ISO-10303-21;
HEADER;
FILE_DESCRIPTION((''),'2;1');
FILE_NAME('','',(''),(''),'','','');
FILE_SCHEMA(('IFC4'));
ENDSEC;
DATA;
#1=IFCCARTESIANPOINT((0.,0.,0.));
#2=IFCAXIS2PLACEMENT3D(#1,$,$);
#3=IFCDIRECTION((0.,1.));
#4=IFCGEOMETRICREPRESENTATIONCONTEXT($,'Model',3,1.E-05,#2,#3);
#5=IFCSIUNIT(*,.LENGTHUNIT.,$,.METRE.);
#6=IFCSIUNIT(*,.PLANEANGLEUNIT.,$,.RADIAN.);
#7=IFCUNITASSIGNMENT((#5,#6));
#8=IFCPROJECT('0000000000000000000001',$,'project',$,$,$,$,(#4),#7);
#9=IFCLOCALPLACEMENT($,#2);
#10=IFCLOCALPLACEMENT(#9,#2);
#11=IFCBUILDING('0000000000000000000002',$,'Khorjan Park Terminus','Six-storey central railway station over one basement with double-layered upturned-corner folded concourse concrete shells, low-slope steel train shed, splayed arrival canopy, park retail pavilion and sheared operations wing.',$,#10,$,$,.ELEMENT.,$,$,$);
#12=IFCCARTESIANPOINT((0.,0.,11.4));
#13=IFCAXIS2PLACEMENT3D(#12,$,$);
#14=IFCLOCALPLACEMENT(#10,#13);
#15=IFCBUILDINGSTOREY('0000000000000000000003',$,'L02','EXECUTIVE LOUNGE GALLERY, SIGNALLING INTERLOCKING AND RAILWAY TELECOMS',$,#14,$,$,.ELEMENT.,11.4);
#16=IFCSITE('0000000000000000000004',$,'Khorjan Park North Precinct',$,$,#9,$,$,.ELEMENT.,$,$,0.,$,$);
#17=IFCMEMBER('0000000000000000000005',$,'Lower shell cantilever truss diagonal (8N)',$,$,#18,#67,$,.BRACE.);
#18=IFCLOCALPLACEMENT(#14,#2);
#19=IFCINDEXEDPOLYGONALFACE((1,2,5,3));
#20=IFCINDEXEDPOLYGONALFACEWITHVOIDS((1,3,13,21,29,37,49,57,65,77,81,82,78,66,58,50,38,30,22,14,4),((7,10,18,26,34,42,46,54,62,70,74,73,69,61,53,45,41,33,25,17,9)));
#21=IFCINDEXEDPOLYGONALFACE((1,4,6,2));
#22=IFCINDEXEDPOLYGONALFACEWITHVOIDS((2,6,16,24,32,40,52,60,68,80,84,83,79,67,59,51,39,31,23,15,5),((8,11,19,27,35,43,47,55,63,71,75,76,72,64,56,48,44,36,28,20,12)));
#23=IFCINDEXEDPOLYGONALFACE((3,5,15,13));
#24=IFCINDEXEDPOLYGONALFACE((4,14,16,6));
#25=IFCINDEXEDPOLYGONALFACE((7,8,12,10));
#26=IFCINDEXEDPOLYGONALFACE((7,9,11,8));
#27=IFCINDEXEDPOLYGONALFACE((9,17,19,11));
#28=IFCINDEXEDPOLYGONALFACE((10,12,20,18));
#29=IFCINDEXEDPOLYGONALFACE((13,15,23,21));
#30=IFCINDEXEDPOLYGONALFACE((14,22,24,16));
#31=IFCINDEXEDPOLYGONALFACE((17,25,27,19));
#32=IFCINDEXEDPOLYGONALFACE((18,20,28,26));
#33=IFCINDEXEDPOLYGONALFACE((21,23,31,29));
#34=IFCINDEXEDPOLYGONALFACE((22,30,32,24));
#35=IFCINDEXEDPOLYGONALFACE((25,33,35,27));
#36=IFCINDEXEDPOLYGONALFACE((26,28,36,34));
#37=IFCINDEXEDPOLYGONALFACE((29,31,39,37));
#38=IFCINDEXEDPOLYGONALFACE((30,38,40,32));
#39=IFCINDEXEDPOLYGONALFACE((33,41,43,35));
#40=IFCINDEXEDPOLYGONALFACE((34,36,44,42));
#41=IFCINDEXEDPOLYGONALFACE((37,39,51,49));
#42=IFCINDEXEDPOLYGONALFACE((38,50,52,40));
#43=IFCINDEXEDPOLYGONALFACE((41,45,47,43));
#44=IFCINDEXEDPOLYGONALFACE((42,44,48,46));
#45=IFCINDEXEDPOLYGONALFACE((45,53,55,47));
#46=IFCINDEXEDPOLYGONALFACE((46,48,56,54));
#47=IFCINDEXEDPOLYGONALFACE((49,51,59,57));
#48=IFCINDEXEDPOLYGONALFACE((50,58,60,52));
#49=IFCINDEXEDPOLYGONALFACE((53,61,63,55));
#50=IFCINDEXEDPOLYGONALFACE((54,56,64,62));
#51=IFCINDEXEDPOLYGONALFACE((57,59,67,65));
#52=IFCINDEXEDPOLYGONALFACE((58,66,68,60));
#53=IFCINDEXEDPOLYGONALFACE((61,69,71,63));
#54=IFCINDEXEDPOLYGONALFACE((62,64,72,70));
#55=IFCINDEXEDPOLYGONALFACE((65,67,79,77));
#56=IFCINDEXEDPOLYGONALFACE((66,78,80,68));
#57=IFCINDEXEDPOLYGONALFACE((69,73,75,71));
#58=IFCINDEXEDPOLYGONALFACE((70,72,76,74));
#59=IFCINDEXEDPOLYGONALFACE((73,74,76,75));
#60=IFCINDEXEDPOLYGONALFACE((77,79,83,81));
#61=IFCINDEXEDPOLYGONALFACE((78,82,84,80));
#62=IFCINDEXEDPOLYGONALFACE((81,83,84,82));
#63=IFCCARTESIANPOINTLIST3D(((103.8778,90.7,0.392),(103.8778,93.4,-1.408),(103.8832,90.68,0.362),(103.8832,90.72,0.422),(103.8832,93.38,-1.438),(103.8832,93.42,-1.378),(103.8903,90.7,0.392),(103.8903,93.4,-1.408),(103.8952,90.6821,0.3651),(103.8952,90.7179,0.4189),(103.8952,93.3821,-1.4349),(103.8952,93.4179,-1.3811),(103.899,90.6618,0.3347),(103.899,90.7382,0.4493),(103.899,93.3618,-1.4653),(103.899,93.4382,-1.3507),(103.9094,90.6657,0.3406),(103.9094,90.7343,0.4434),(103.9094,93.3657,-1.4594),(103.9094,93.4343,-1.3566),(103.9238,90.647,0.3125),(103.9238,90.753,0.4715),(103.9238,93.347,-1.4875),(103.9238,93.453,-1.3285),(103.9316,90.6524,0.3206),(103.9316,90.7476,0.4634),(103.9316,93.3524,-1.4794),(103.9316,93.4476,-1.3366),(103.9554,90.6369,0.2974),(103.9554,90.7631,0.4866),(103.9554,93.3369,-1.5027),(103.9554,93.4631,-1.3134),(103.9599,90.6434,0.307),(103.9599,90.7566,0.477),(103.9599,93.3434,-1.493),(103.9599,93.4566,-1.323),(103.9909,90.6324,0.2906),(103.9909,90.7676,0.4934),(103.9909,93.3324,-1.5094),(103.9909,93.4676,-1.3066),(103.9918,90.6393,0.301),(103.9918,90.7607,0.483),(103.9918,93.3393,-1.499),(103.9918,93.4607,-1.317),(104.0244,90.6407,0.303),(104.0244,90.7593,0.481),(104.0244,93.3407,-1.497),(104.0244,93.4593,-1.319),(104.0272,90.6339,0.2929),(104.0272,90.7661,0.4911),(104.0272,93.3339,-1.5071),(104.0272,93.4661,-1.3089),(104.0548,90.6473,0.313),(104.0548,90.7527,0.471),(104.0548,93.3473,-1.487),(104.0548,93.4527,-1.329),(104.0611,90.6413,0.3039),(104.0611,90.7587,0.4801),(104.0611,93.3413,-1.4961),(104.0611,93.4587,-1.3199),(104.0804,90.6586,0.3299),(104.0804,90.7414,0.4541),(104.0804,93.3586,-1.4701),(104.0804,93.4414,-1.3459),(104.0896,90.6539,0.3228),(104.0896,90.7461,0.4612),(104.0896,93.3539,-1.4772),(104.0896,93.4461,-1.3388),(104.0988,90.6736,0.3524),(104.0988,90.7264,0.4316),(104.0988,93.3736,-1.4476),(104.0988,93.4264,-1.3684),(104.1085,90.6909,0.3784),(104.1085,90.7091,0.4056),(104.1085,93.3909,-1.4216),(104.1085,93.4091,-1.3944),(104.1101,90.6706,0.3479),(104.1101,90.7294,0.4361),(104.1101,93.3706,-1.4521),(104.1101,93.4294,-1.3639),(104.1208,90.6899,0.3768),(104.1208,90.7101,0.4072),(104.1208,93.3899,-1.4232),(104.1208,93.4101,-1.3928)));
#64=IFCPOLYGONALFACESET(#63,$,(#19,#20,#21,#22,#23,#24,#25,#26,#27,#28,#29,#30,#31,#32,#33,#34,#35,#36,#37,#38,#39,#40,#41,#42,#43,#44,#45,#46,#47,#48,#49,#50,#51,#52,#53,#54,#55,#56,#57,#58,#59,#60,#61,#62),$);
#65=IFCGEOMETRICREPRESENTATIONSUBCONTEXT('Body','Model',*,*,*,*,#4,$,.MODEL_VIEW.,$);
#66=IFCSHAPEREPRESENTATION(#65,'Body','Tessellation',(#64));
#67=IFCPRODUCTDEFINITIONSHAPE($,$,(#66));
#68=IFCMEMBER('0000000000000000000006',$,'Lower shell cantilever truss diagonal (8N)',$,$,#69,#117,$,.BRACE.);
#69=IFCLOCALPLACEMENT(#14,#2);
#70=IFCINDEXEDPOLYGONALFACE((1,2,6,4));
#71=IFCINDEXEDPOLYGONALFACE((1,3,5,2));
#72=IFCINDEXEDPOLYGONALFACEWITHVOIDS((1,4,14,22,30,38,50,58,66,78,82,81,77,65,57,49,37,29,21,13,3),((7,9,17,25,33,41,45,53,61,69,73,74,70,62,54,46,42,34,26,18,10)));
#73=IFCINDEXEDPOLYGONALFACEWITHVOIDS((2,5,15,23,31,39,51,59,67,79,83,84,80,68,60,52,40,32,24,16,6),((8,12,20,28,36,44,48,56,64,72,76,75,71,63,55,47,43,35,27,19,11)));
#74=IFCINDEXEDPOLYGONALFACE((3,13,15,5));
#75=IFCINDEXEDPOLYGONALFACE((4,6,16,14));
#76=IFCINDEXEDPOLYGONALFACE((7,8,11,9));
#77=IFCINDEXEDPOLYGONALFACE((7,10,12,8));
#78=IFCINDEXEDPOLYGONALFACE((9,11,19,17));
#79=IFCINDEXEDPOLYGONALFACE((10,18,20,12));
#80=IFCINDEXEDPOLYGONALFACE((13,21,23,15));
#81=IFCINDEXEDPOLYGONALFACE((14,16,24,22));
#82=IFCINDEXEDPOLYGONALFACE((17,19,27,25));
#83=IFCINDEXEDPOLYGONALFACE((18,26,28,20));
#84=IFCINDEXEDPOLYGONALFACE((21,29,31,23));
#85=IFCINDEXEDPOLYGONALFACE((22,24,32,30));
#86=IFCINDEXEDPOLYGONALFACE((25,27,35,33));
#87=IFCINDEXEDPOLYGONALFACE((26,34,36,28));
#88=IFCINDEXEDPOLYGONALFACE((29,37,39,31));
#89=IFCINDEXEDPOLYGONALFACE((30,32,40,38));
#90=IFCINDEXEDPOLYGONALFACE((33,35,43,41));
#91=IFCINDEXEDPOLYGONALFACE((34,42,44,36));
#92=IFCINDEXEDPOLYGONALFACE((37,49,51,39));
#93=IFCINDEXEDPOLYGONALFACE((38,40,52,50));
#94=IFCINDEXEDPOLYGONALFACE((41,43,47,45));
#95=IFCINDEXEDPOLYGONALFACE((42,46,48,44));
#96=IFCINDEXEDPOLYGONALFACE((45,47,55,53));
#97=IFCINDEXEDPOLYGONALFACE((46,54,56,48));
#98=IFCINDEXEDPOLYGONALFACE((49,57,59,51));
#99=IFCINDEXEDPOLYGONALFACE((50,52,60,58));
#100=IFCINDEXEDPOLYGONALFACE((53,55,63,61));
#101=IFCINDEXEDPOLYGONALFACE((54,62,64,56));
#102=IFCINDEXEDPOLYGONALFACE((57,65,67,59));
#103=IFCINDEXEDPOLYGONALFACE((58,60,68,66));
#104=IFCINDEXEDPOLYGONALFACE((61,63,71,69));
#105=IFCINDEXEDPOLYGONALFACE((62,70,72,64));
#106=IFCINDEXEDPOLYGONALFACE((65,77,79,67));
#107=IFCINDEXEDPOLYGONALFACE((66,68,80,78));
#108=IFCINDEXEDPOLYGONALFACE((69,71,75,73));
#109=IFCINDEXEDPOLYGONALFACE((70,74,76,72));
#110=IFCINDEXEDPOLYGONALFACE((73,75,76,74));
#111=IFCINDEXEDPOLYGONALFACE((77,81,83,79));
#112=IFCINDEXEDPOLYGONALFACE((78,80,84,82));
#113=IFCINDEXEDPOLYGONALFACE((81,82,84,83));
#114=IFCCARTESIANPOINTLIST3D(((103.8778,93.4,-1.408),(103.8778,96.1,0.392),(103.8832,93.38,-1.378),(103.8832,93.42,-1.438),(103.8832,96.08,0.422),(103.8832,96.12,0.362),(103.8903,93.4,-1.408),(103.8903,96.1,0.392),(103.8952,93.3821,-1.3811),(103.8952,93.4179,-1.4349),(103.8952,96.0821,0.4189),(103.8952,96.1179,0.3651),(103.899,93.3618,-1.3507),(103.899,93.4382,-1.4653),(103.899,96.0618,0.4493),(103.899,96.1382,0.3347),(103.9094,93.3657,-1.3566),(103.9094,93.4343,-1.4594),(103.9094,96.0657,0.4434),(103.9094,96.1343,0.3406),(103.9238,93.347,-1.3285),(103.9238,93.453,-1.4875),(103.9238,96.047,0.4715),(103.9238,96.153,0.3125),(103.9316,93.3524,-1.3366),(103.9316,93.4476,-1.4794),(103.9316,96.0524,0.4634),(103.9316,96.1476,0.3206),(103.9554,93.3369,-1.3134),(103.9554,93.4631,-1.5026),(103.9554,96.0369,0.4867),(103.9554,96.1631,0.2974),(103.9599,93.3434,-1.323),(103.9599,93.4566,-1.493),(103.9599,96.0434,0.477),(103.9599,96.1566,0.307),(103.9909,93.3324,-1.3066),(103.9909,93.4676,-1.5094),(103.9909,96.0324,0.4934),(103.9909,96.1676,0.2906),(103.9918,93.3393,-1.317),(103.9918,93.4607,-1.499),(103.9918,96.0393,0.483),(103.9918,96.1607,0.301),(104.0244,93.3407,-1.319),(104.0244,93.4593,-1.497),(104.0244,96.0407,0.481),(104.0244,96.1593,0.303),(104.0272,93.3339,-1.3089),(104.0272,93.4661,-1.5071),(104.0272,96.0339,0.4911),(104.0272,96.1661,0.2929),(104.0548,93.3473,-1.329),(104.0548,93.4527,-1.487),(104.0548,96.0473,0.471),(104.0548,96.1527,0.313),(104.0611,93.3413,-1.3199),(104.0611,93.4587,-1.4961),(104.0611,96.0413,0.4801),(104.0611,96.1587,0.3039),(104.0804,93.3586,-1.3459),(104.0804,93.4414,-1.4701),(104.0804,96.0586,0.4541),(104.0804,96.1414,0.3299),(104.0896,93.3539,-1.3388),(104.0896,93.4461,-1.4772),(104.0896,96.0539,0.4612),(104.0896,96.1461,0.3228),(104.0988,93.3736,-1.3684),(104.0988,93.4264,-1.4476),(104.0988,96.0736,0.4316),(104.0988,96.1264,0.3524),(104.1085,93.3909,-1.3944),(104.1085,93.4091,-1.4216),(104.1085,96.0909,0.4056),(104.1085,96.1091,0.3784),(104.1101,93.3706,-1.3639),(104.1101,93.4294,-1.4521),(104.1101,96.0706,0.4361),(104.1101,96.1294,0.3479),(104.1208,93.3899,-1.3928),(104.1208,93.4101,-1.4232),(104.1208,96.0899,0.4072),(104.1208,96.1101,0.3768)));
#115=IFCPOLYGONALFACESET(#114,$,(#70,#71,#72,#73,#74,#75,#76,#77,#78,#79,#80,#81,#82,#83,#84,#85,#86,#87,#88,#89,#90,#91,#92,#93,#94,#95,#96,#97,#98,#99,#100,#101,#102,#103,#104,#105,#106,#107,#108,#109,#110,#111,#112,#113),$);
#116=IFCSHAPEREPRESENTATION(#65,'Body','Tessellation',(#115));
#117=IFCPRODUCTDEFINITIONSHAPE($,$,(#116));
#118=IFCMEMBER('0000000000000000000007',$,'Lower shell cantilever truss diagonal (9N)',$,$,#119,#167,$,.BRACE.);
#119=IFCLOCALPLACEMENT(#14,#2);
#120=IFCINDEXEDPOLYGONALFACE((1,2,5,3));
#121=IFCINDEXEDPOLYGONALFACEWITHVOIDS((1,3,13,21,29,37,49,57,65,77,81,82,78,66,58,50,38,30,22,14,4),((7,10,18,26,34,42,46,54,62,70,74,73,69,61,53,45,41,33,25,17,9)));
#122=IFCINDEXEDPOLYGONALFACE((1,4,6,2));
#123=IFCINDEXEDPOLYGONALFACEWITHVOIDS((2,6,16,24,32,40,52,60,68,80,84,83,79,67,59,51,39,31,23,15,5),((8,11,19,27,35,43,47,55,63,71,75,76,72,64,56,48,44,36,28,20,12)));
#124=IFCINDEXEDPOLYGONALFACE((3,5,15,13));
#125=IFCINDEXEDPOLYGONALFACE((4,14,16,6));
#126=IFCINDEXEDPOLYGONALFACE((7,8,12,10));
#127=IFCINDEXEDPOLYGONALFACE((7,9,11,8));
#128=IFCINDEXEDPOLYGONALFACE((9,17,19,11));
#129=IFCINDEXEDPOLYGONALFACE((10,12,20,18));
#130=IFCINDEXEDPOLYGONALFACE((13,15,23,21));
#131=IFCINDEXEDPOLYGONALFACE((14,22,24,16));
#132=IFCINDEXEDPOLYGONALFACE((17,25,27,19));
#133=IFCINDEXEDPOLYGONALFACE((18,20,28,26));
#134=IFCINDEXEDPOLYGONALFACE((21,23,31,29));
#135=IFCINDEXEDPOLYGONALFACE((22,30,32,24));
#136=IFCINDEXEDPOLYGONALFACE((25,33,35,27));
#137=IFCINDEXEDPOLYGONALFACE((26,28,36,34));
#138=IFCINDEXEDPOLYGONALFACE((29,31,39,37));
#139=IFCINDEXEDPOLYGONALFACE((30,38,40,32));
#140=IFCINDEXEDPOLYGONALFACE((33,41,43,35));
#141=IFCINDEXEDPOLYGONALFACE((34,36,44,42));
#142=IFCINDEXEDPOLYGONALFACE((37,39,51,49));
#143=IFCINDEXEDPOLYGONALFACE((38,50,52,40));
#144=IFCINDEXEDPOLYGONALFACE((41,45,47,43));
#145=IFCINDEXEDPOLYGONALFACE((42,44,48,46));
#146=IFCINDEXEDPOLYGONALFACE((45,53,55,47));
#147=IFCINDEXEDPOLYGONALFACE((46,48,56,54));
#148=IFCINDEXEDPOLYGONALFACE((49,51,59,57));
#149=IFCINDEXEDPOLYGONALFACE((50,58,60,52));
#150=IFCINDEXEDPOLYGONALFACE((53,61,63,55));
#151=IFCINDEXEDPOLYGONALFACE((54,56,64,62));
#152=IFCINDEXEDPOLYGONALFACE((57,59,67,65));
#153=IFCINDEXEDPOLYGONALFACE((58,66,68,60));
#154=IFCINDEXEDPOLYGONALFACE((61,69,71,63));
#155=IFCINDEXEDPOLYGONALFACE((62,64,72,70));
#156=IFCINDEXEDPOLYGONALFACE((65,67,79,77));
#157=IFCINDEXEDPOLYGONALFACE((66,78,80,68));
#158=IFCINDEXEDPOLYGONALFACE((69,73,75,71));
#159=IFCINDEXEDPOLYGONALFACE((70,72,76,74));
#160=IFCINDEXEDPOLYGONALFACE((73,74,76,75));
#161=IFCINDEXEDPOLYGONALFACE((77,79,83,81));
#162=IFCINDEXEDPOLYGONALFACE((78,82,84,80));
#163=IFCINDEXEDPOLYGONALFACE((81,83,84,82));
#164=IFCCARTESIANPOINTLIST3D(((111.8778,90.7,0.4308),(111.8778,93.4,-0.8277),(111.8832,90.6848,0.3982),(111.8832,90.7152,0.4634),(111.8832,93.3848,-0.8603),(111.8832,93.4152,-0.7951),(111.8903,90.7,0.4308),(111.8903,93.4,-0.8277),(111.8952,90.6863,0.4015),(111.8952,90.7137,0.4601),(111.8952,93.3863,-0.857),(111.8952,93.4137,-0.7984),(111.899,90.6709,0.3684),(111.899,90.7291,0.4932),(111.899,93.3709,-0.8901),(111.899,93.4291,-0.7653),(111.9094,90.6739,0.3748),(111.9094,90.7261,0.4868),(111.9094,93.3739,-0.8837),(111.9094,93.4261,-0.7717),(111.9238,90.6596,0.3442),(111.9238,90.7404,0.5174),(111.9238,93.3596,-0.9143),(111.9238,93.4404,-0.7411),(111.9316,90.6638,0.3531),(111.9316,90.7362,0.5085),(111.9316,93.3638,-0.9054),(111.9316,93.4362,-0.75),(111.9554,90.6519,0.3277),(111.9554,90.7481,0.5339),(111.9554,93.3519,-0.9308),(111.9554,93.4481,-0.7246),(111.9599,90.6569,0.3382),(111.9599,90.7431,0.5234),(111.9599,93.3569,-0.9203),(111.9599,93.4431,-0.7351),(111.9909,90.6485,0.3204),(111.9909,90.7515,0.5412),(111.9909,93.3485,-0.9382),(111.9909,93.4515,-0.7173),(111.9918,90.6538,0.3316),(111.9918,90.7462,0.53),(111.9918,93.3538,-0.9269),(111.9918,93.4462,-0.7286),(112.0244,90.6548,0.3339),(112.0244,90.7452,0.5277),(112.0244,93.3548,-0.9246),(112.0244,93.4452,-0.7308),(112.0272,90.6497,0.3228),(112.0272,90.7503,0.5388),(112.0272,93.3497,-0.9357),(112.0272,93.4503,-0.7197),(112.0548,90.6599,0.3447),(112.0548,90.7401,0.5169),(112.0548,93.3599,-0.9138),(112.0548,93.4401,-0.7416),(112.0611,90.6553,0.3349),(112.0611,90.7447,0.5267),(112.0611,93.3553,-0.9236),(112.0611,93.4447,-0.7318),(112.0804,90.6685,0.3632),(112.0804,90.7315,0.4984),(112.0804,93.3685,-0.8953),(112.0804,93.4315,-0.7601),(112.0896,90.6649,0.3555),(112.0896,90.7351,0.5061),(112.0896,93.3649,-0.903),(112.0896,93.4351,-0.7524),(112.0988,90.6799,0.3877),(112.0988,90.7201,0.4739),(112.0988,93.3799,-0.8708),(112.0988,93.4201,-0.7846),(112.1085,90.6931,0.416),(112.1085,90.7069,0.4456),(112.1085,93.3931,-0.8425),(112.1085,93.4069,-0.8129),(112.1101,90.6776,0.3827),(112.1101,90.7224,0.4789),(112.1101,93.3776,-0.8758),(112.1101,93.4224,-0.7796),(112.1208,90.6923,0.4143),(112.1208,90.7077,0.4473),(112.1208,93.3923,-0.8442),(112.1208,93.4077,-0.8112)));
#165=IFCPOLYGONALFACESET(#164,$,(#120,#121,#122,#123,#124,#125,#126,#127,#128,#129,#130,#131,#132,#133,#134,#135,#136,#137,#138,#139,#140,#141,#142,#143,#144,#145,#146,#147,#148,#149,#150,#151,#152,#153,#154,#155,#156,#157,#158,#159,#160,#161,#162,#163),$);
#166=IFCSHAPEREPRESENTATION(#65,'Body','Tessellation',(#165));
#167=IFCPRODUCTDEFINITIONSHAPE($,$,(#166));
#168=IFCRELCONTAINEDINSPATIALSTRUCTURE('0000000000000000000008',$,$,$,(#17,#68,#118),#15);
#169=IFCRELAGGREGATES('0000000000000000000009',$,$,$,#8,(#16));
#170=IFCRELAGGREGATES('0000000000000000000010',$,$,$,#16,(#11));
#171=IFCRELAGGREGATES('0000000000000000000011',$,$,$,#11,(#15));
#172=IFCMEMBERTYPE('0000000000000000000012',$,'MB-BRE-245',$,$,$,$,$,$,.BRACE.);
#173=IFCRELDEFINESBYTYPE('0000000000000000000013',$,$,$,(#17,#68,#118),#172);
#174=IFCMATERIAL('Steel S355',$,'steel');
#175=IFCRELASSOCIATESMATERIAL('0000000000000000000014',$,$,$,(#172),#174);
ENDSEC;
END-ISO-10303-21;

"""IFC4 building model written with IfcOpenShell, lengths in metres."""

from ifc_helpers import new_model, si_unit, direction, frame, origin, origin_2d, place, context, subcontext, project, spatial, hollow_circle, extrude, material, material_profile, profile_set, type_object, element, save


model = new_model("IFC4")

# Units and contexts
model_context = context("Model", 3, precision=1e-05, world=origin(), true_north=direction((0.0, 1.0)))
body_context = subcontext(model_context, "Body", "Model", "MODEL_VIEW")
ifc_project = project(units=[si_unit("LENGTHUNIT", "METRE"), si_unit("PLANEANGLEUNIT", "RADIAN")], contexts=[model_context])

# Site, building, storey
site_placement = place(None, origin())
site = spatial("IfcSite", under=ifc_project, at=site_placement, Name="Khorjan Park North Precinct", CompositionType="ELEMENT", RefElevation=0.0)
building_placement = place(site_placement, origin())
building = spatial("IfcBuilding", under=site, at=building_placement, Name="Khorjan Park Terminus", Description="Six-storey central railway station over one basement with double-layered upturned-corner folded concourse concrete shells, low-slope steel train shed, splayed arrival canopy, park retail pavilion and sheared operations wing.", CompositionType="ELEMENT")
storey_placement = place(building_placement, frame((0.0, 0.0, 11.4)))
storey = spatial("IfcBuildingStorey", under=building, at=storey_placement, Name="L02", Description="EXECUTIVE LOUNGE GALLERY, SIGNALLING INTERLOCKING AND RAILWAY TELECOMS", CompositionType="ELEMENT", Elevation=11.4)

# Members
ifc_material_1 = material(Name="Steel S355", Category="steel")
ifc_material_profile_1 = material_profile(ifc_material_1, hollow_circle(Radius=0.1222, WallThickness=0.0125, at=origin_2d()), Name="CHS 244.5x12.5")
ifc_profile_set_1 = profile_set([ifc_material_profile_1], Name="Steel S355")
member_type_1 = type_object("IfcMemberType", Name="MB-BRE-245", PredefinedType="BRACE", material=ifc_profile_set_1)
for number, where, z_axis, x_axis, name in (
    (1, (104.0, 90.7, 0.392), (0.0, 0.83205, -0.5547), (-1.0, 0.0, 0.0), "Lower shell cantilever truss diagonal (8N)"),
    (2, (104.0, 93.4, -1.408), (0.0, 0.83205, 0.5547), (-1.0, 0.0, 0.0), "Lower shell cantilever truss diagonal (8N)"),
):
    element("IfcMember", number, at=place(storey_placement, frame(where, z_axis=z_axis, x_axis=x_axis)), inside=storey, type_object=member_type_1, Name=name, PredefinedType="BRACE", context=body_context, shape_type="SweptSolid", body=[
        extrude(hollow_circle(Radius=0.1222, WallThickness=0.0125, at=origin_2d()), origin(), (0.0, 0.0, 1.0), 3.245),
    ])
member_1_placement = place(storey_placement, frame((112.0, 90.7, 0.4308), z_axis=(0.0, 0.906376, -0.422472), x_axis=(-1.0, 0.0, 0.0)))
element("IfcMember", 3, at=member_1_placement, inside=storey, type_object=member_type_1, Name="Lower shell cantilever truss diagonal (9N)", PredefinedType="BRACE", context=body_context, shape_type="SweptSolid", body=[
    extrude(hollow_circle(Radius=0.1222, WallThickness=0.0125, at=origin_2d()), origin(), (0.0, 0.0, 1.0), 2.9789),
])

save(model, "model.ifc")
